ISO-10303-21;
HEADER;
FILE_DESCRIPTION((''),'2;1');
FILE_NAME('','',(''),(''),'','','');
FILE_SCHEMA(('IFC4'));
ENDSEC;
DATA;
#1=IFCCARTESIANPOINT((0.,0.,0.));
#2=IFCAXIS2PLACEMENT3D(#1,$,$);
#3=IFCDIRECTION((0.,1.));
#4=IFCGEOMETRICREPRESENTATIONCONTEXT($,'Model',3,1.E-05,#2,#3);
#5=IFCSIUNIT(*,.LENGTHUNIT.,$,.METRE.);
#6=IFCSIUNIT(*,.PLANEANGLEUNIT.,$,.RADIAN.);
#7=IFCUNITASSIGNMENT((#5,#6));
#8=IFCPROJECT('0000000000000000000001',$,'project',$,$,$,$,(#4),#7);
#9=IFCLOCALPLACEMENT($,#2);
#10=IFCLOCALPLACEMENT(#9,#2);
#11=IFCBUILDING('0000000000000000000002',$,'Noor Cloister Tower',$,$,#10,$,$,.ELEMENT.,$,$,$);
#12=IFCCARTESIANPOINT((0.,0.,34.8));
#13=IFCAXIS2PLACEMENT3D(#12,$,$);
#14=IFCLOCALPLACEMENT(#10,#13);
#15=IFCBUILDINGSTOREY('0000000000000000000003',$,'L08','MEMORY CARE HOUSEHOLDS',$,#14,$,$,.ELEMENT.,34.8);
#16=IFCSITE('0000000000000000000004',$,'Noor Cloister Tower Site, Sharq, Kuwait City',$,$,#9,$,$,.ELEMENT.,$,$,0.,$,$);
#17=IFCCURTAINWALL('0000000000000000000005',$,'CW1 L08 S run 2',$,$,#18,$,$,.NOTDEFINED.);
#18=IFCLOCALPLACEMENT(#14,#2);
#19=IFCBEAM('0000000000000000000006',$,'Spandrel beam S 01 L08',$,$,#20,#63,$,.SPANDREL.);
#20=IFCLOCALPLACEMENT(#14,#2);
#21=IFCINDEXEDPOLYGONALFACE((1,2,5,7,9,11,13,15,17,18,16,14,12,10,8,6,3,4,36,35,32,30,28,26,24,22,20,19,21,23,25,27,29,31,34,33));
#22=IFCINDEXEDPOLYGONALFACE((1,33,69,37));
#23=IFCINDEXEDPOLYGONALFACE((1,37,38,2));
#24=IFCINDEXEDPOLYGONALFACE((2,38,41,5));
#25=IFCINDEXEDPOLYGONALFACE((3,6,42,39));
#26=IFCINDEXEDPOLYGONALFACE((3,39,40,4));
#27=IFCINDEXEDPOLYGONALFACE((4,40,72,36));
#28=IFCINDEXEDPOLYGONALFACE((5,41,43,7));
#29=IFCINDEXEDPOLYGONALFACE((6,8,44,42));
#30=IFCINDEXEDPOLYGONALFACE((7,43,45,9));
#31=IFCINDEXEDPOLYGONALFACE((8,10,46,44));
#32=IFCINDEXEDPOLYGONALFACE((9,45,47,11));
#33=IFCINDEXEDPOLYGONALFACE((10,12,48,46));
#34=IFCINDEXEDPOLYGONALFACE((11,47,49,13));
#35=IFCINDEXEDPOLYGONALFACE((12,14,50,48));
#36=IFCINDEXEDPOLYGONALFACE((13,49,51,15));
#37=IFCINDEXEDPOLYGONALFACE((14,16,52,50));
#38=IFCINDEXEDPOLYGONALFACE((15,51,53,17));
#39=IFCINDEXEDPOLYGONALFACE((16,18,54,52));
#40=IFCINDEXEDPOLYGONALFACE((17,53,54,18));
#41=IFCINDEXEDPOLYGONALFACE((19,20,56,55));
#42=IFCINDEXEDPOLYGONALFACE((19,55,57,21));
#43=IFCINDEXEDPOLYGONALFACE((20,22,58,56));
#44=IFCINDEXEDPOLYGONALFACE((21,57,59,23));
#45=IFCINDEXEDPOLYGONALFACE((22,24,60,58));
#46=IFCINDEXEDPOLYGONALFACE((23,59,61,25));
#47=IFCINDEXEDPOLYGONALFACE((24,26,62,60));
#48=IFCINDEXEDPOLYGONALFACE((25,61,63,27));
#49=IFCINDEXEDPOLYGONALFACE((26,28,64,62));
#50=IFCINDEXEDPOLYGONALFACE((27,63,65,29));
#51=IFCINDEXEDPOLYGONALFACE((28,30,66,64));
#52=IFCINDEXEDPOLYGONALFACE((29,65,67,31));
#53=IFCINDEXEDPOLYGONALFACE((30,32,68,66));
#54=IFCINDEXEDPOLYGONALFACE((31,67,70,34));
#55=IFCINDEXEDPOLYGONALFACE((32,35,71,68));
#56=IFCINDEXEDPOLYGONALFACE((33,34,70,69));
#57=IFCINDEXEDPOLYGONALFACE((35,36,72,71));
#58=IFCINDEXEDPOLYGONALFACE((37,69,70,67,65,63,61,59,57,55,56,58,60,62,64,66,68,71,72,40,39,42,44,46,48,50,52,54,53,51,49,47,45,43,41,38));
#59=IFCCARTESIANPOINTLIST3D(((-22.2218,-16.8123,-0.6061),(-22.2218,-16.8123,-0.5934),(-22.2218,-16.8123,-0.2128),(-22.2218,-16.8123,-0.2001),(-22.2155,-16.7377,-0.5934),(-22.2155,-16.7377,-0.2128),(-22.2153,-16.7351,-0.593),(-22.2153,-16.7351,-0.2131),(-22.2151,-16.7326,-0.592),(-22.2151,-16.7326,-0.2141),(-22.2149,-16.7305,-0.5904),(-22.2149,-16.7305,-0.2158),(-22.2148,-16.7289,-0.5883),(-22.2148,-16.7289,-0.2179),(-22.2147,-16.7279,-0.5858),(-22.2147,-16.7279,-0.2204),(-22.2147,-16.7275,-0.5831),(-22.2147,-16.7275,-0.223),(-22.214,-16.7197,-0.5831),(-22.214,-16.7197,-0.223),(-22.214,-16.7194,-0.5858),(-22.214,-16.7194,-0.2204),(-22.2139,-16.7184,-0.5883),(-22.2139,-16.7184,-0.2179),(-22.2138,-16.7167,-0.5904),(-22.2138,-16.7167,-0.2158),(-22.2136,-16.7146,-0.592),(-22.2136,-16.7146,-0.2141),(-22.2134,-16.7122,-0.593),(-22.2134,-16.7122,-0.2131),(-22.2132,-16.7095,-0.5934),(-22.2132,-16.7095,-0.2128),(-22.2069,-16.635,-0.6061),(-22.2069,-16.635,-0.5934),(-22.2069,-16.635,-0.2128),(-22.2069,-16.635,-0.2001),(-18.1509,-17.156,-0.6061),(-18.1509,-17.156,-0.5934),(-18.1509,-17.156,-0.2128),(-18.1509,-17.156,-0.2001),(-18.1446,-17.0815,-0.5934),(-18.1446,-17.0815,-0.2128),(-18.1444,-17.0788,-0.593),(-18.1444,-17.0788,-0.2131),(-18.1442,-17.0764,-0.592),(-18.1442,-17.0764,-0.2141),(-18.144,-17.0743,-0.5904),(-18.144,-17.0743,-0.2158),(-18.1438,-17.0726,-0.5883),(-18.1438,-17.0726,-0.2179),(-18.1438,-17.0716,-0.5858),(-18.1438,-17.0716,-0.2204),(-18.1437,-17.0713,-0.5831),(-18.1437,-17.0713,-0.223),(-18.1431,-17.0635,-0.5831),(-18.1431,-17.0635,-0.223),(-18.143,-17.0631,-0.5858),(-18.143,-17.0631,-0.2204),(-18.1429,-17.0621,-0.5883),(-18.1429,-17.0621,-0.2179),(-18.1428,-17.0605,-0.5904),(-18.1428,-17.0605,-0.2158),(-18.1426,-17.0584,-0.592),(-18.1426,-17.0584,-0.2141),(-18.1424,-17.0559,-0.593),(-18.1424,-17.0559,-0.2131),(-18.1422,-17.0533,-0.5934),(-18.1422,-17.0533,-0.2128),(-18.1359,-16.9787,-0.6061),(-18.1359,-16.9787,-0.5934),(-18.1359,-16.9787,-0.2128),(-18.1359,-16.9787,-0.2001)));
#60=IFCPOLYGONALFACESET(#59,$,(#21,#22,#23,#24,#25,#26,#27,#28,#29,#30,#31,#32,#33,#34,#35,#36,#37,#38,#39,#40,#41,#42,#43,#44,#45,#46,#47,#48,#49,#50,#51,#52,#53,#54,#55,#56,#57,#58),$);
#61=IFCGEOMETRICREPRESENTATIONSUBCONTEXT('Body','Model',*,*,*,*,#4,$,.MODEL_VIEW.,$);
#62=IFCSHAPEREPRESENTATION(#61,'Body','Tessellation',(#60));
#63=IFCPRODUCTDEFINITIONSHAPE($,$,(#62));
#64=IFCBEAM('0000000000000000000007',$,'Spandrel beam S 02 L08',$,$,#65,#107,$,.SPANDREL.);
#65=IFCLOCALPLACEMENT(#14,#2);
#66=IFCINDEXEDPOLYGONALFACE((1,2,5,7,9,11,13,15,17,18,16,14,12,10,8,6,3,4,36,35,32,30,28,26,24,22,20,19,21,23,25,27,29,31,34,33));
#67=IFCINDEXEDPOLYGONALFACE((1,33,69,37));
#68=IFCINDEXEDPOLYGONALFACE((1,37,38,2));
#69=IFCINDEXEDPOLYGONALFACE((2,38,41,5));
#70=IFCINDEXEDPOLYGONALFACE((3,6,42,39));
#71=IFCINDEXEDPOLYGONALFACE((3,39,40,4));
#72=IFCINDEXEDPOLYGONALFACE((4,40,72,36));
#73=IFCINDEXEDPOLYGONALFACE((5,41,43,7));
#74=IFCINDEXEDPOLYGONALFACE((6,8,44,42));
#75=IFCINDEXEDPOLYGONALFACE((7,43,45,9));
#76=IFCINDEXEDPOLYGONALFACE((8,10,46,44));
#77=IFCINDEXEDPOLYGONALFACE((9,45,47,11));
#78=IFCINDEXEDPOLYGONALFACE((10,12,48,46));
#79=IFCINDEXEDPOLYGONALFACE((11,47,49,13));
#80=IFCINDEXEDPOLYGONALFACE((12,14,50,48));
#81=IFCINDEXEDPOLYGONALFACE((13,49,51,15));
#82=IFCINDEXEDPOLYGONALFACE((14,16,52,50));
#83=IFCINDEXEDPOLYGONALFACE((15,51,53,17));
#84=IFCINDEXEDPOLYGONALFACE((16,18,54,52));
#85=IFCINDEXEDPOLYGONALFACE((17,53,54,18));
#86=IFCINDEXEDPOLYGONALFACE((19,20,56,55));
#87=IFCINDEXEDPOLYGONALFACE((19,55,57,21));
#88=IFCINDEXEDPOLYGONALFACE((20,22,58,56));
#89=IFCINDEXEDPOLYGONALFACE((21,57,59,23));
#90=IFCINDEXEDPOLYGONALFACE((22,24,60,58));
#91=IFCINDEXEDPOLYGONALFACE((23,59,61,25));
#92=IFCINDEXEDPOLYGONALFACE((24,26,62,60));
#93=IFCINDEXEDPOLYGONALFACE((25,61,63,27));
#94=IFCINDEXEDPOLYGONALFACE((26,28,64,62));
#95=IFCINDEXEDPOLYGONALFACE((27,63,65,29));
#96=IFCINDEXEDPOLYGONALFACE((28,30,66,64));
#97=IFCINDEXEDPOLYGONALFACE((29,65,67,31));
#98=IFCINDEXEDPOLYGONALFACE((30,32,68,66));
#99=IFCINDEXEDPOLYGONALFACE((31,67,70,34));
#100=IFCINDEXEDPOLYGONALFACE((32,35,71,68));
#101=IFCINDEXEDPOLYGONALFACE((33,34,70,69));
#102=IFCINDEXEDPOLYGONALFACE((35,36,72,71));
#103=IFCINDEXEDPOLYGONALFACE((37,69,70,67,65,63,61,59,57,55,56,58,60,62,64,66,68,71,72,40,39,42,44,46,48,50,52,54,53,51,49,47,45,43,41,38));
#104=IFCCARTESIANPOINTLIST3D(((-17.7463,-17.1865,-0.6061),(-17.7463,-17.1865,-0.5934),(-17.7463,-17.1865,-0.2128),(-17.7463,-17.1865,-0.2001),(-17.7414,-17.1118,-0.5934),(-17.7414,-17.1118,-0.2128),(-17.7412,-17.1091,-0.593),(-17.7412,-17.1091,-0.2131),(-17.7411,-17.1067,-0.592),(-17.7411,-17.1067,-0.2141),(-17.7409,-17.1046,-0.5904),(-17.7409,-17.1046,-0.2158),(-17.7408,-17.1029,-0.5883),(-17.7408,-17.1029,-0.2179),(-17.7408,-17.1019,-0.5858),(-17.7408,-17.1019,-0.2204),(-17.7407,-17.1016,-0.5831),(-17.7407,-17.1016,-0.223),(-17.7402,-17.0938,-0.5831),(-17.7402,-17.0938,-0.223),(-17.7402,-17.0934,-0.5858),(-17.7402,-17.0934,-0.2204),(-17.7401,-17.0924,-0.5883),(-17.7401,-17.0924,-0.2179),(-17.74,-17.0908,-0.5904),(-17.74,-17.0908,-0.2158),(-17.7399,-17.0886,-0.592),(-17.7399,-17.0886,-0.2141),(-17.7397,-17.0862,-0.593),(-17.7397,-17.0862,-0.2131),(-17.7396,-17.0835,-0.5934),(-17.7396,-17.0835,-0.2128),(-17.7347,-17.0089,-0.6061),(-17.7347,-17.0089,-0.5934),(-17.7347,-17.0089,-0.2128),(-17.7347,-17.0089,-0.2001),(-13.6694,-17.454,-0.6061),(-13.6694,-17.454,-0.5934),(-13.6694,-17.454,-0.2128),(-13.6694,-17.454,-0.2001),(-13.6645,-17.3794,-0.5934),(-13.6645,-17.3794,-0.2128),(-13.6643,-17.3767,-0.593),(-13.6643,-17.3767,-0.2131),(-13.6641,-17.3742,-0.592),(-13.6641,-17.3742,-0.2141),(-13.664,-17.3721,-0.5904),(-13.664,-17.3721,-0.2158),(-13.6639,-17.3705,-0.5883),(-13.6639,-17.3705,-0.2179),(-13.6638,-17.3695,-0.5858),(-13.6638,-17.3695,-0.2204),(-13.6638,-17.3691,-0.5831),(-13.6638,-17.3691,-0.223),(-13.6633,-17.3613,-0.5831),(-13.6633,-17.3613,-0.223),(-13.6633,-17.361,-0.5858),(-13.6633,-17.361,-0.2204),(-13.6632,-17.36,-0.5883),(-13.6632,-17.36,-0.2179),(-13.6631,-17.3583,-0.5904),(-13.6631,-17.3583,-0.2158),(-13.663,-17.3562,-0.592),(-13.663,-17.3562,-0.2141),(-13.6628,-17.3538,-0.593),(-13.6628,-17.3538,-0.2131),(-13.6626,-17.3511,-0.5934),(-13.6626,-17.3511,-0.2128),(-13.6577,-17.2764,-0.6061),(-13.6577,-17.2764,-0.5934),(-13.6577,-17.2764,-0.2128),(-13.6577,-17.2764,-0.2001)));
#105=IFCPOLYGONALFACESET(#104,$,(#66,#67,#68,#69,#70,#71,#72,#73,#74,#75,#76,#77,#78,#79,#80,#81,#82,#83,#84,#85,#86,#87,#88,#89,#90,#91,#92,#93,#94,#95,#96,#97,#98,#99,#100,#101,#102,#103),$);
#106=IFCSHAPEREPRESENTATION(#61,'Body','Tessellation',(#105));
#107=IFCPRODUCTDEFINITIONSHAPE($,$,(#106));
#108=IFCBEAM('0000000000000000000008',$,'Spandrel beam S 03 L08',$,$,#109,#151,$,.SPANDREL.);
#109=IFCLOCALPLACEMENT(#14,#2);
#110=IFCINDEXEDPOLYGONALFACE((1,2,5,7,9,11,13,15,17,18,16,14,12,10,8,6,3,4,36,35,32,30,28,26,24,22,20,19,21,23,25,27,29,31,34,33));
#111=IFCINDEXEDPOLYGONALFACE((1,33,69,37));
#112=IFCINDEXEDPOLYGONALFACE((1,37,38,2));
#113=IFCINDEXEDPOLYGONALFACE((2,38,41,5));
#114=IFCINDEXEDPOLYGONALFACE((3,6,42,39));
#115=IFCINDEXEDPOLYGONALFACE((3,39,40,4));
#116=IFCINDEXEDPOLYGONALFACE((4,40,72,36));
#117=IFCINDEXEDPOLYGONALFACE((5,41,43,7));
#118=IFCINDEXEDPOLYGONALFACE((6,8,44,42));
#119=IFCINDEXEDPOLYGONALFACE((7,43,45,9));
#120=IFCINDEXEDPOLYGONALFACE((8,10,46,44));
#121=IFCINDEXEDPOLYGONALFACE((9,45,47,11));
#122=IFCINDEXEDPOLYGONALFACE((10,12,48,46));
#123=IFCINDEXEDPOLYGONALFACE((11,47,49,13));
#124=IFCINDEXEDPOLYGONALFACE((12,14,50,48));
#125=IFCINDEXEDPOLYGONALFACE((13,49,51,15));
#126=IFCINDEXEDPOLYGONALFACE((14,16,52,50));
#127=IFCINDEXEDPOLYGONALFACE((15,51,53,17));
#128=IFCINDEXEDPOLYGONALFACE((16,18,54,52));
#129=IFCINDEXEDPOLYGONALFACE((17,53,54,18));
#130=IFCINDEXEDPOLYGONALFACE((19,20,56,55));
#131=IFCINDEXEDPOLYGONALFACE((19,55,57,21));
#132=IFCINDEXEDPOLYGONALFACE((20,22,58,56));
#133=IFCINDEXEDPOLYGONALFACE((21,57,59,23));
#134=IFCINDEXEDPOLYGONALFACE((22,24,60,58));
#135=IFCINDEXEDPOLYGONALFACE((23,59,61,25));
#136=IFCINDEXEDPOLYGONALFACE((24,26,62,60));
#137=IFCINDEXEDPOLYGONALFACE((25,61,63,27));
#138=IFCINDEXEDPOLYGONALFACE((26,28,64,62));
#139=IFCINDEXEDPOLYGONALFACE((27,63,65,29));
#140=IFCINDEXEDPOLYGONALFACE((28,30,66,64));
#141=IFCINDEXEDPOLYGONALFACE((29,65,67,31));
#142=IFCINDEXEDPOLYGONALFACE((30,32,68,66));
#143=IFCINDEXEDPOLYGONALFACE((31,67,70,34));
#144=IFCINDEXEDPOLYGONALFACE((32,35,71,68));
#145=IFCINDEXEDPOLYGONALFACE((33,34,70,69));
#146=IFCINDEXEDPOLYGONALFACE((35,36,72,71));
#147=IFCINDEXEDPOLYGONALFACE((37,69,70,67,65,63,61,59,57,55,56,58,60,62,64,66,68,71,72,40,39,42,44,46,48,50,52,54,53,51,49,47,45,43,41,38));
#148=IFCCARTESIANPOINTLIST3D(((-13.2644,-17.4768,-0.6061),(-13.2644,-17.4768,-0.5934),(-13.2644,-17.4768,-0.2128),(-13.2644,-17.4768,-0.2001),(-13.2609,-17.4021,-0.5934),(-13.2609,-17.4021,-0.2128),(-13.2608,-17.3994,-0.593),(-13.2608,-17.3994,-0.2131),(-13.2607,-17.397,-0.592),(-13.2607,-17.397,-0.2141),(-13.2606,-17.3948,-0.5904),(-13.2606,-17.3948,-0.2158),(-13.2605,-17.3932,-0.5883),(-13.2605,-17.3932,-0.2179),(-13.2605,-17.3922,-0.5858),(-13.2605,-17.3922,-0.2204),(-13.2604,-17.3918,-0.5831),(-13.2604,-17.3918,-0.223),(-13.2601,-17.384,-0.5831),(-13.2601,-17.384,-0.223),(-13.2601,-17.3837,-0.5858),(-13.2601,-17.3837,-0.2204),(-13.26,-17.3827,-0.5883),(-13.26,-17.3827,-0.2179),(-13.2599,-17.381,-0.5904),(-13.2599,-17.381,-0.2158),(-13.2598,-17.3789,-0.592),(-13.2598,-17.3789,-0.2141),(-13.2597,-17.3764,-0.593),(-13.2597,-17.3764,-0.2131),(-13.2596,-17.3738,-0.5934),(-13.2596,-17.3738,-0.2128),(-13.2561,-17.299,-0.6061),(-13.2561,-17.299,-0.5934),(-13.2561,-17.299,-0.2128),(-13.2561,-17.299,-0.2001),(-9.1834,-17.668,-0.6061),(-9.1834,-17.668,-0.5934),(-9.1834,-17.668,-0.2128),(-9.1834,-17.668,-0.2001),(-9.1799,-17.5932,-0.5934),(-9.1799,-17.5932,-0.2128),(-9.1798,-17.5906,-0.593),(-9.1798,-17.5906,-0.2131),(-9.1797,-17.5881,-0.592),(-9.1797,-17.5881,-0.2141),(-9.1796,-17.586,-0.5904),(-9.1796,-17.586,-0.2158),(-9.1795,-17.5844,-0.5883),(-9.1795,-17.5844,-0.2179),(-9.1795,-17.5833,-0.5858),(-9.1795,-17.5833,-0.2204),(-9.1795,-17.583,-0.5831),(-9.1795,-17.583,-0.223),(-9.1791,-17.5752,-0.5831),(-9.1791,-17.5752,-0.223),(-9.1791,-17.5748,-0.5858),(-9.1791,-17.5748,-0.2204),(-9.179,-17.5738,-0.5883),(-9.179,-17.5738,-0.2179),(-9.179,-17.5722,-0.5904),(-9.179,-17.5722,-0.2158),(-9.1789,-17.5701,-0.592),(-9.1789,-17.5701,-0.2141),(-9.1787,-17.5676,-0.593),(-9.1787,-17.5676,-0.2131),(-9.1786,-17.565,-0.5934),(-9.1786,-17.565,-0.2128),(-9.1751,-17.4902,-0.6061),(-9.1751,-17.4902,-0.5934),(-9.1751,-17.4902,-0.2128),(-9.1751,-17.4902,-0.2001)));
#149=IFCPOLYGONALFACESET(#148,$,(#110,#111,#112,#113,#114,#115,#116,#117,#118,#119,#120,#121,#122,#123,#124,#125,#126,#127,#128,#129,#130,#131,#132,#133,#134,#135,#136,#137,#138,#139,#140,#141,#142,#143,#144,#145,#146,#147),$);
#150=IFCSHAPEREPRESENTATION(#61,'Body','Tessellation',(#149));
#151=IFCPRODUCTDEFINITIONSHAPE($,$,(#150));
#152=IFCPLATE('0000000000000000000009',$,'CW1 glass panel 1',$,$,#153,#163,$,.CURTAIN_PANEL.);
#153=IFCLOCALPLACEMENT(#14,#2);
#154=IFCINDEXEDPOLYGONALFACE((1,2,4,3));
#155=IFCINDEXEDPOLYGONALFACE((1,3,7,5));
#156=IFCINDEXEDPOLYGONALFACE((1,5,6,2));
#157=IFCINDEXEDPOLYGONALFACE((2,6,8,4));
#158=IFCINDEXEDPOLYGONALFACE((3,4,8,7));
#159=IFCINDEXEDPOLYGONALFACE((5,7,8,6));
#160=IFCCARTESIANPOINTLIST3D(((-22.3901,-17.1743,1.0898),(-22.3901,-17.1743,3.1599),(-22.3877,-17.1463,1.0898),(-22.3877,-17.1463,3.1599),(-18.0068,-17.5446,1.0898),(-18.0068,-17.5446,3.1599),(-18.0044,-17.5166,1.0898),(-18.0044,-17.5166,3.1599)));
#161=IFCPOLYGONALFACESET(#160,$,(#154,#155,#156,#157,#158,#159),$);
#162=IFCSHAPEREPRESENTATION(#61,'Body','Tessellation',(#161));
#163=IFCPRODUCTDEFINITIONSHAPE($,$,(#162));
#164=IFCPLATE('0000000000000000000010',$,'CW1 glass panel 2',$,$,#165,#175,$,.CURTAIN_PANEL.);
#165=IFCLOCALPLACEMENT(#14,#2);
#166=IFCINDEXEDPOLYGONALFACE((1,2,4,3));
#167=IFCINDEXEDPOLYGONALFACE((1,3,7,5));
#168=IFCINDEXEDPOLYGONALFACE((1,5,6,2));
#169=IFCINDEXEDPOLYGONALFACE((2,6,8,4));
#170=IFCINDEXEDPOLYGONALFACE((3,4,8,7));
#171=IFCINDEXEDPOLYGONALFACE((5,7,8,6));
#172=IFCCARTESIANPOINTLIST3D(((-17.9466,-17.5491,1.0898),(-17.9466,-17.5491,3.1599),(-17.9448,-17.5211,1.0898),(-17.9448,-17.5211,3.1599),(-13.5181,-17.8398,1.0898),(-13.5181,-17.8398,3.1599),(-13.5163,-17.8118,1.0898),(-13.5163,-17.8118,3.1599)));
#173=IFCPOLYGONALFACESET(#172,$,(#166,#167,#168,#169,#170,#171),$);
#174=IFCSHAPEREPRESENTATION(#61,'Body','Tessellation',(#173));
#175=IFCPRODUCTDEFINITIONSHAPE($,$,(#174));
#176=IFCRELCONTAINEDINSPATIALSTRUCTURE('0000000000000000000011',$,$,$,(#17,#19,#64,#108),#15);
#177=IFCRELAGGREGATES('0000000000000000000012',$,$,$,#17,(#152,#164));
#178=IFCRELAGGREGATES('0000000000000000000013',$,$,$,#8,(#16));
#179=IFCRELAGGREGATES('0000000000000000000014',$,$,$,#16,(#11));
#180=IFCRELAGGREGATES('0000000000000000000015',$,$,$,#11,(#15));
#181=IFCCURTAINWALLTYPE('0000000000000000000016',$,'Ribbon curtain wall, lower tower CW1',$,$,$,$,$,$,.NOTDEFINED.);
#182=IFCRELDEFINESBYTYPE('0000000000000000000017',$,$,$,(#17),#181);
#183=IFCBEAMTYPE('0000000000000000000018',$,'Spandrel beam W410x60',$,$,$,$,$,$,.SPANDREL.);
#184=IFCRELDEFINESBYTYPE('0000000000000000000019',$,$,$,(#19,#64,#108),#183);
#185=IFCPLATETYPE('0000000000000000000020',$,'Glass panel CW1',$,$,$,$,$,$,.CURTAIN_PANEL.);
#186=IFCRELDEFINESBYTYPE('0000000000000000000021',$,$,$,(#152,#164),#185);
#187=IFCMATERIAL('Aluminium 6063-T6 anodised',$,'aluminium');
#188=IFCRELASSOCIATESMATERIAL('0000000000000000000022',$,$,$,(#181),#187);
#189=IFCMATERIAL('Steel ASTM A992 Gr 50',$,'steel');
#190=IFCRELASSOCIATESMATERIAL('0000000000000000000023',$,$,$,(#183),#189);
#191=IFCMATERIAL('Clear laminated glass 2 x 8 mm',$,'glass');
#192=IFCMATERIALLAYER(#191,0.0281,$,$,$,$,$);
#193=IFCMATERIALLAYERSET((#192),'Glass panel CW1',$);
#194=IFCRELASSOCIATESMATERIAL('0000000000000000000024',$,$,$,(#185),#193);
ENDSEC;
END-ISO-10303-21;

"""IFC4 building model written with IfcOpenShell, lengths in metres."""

from ifc_helpers import new_model, si_unit, direction, frame, origin, origin_2d, place, context, subcontext, project, spatial, rectangle, i_section, extrude, material, layer, layer_set, material_profile, profile_set, type_object, element, aggregate, save


model = new_model("IFC4")

# Units and contexts
model_context = context("Model", 3, precision=1e-05, world=origin(), true_north=direction((0.0, 1.0)))
body_context = subcontext(model_context, "Body", "Model", "MODEL_VIEW")
ifc_project = project(units=[si_unit("LENGTHUNIT", "METRE"), si_unit("PLANEANGLEUNIT", "RADIAN")], contexts=[model_context])

# Site, building, storey
site_placement = place(None, origin())
site = spatial("IfcSite", under=ifc_project, at=site_placement, Name="Noor Cloister Tower Site, Sharq, Kuwait City", CompositionType="ELEMENT", RefElevation=0.0)
building_placement = place(site_placement, origin())
building = spatial("IfcBuilding", under=site, at=building_placement, Name="Noor Cloister Tower", CompositionType="ELEMENT")
storey_placement = place(building_placement, frame((0.0, 0.0, 34.8)))
storey = spatial("IfcBuildingStorey", under=building, at=storey_placement, Name="L08", Description="MEMORY CARE HOUSEHOLDS", CompositionType="ELEMENT", Elevation=34.8)

# Curtain wall
ifc_material_1 = material(Name="Aluminium 6063-T6 anodised", Category="aluminium")
curtain_wall_type = type_object("IfcCurtainWallType", Name="Ribbon curtain wall, lower tower CW1", PredefinedType="NOTDEFINED", material=ifc_material_1)
curtain_wall_placement = place(storey_placement, origin())
curtain_wall = element("IfcCurtainWall", 1, at=curtain_wall_placement, inside=storey, type_object=curtain_wall_type, Name="CW1 L08 S run 2", PredefinedType="NOTDEFINED")

# Beams
ifc_material_2 = material(Name="Steel ASTM A992 Gr 50", Category="steel")
ifc_material_profile_1 = material_profile(ifc_material_2, i_section(OverallWidth=0.178, OverallDepth=0.406, WebThickness=0.0078, FlangeThickness=0.0127, FilletRadius=0.0103, at=origin_2d()), Name="W410x60")
ifc_profile_set_1 = profile_set([ifc_material_profile_1], Name="Steel ASTM A992 Gr 50")
beam_type_1 = type_object("IfcBeamType", Name="Spandrel beam W410x60", PredefinedType="SPANDREL", material=ifc_profile_set_1)
beam_1_placement = place(storey_placement, frame((-22.2144, -16.7236, -0.4031), z_axis=(0.996454, -0.084138, 0.0), x_axis=(0.084138, 0.996454, 0.0)))
element("IfcBeam", 2, at=beam_1_placement, inside=storey, type_object=beam_type_1, Name="Spandrel beam S 01 L08", PredefinedType="SPANDREL", context=body_context, shape_type="SweptSolid", body=[
    extrude(i_section(OverallWidth=0.178, OverallDepth=0.406, WebThickness=0.0078, FlangeThickness=0.0127, FilletRadius=0.0103, at=origin_2d()), origin(), (0.0, 0.0, 1.0), 4.0854),
])
beam_2_placement = place(storey_placement, frame((-17.7405, -17.0977, -0.4031), z_axis=(0.997853, -0.065492, 0.0), x_axis=(0.065492, 0.997853, 0.0)))
element("IfcBeam", 3, at=beam_2_placement, inside=storey, type_object=beam_type_1, Name="Spandrel beam S 02 L08", PredefinedType="SPANDREL", context=body_context, shape_type="SweptSolid", body=[
    extrude(i_section(OverallWidth=0.178, OverallDepth=0.406, WebThickness=0.0078, FlangeThickness=0.0127, FilletRadius=0.0103, at=origin_2d()), origin(), (0.0, 0.0, 1.0), 4.0857),
])
beam_3_placement = place(storey_placement, frame((-13.2603, -17.3879, -0.4031), z_axis=(0.998905, -0.04679, 0.0), x_axis=(0.04679, 0.998905, 0.0)))
element("IfcBeam", 4, at=beam_3_placement, inside=storey, type_object=beam_type_1, Name="Spandrel beam S 03 L08", PredefinedType="SPANDREL", context=body_context, shape_type="SweptSolid", body=[
    extrude(i_section(OverallWidth=0.178, OverallDepth=0.406, WebThickness=0.0078, FlangeThickness=0.0127, FilletRadius=0.0103, at=origin_2d()), origin(), (0.0, 0.0, 1.0), 4.0854),
])

# Plates
ifc_material_3 = material(Name="Clear laminated glass 2 x 8 mm", Category="glass")
ifc_layer = layer(ifc_material_3, 0.0281)
ifc_layer_set = layer_set([ifc_layer], Name="Glass panel CW1")
plate_type = type_object("IfcPlateType", Name="Glass panel CW1", PredefinedType="CURTAIN_PANEL", material=ifc_layer_set)
plate_1_placement = place(storey_placement, frame((-20.1973, -17.3455, 1.0898), z_axis=(0.0, 0.0, 1.0), x_axis=(0.996451, -0.084174, 0.0)))
plate_1 = element("IfcPlate", 5, at=plate_1_placement, type_object=plate_type, Name="CW1 glass panel 1", PredefinedType="CURTAIN_PANEL", context=body_context, shape_type="SweptSolid", body=[
    extrude(rectangle(XDim=4.3989, YDim=0.0281, at=origin_2d()), origin(), (0.0, 0.0, 1.0), 2.0701),
])
plate_2_placement = place(storey_placement, frame((-15.7314, -17.6804, 1.0898), z_axis=(0.0, 0.0, 1.0), x_axis=(0.997853, -0.065499, 0.0)))
plate_2 = element("IfcPlate", 6, at=plate_2_placement, type_object=plate_type, Name="CW1 glass panel 2", PredefinedType="CURTAIN_PANEL", context=body_context, shape_type="SweptSolid", body=[
    extrude(rectangle(XDim=4.438, YDim=0.0281, at=origin_2d()), origin(), (0.0, 0.0, 1.0), 2.0701),
])
aggregate(curtain_wall, [plate_1, plate_2])

save(model, "model.ifc")
